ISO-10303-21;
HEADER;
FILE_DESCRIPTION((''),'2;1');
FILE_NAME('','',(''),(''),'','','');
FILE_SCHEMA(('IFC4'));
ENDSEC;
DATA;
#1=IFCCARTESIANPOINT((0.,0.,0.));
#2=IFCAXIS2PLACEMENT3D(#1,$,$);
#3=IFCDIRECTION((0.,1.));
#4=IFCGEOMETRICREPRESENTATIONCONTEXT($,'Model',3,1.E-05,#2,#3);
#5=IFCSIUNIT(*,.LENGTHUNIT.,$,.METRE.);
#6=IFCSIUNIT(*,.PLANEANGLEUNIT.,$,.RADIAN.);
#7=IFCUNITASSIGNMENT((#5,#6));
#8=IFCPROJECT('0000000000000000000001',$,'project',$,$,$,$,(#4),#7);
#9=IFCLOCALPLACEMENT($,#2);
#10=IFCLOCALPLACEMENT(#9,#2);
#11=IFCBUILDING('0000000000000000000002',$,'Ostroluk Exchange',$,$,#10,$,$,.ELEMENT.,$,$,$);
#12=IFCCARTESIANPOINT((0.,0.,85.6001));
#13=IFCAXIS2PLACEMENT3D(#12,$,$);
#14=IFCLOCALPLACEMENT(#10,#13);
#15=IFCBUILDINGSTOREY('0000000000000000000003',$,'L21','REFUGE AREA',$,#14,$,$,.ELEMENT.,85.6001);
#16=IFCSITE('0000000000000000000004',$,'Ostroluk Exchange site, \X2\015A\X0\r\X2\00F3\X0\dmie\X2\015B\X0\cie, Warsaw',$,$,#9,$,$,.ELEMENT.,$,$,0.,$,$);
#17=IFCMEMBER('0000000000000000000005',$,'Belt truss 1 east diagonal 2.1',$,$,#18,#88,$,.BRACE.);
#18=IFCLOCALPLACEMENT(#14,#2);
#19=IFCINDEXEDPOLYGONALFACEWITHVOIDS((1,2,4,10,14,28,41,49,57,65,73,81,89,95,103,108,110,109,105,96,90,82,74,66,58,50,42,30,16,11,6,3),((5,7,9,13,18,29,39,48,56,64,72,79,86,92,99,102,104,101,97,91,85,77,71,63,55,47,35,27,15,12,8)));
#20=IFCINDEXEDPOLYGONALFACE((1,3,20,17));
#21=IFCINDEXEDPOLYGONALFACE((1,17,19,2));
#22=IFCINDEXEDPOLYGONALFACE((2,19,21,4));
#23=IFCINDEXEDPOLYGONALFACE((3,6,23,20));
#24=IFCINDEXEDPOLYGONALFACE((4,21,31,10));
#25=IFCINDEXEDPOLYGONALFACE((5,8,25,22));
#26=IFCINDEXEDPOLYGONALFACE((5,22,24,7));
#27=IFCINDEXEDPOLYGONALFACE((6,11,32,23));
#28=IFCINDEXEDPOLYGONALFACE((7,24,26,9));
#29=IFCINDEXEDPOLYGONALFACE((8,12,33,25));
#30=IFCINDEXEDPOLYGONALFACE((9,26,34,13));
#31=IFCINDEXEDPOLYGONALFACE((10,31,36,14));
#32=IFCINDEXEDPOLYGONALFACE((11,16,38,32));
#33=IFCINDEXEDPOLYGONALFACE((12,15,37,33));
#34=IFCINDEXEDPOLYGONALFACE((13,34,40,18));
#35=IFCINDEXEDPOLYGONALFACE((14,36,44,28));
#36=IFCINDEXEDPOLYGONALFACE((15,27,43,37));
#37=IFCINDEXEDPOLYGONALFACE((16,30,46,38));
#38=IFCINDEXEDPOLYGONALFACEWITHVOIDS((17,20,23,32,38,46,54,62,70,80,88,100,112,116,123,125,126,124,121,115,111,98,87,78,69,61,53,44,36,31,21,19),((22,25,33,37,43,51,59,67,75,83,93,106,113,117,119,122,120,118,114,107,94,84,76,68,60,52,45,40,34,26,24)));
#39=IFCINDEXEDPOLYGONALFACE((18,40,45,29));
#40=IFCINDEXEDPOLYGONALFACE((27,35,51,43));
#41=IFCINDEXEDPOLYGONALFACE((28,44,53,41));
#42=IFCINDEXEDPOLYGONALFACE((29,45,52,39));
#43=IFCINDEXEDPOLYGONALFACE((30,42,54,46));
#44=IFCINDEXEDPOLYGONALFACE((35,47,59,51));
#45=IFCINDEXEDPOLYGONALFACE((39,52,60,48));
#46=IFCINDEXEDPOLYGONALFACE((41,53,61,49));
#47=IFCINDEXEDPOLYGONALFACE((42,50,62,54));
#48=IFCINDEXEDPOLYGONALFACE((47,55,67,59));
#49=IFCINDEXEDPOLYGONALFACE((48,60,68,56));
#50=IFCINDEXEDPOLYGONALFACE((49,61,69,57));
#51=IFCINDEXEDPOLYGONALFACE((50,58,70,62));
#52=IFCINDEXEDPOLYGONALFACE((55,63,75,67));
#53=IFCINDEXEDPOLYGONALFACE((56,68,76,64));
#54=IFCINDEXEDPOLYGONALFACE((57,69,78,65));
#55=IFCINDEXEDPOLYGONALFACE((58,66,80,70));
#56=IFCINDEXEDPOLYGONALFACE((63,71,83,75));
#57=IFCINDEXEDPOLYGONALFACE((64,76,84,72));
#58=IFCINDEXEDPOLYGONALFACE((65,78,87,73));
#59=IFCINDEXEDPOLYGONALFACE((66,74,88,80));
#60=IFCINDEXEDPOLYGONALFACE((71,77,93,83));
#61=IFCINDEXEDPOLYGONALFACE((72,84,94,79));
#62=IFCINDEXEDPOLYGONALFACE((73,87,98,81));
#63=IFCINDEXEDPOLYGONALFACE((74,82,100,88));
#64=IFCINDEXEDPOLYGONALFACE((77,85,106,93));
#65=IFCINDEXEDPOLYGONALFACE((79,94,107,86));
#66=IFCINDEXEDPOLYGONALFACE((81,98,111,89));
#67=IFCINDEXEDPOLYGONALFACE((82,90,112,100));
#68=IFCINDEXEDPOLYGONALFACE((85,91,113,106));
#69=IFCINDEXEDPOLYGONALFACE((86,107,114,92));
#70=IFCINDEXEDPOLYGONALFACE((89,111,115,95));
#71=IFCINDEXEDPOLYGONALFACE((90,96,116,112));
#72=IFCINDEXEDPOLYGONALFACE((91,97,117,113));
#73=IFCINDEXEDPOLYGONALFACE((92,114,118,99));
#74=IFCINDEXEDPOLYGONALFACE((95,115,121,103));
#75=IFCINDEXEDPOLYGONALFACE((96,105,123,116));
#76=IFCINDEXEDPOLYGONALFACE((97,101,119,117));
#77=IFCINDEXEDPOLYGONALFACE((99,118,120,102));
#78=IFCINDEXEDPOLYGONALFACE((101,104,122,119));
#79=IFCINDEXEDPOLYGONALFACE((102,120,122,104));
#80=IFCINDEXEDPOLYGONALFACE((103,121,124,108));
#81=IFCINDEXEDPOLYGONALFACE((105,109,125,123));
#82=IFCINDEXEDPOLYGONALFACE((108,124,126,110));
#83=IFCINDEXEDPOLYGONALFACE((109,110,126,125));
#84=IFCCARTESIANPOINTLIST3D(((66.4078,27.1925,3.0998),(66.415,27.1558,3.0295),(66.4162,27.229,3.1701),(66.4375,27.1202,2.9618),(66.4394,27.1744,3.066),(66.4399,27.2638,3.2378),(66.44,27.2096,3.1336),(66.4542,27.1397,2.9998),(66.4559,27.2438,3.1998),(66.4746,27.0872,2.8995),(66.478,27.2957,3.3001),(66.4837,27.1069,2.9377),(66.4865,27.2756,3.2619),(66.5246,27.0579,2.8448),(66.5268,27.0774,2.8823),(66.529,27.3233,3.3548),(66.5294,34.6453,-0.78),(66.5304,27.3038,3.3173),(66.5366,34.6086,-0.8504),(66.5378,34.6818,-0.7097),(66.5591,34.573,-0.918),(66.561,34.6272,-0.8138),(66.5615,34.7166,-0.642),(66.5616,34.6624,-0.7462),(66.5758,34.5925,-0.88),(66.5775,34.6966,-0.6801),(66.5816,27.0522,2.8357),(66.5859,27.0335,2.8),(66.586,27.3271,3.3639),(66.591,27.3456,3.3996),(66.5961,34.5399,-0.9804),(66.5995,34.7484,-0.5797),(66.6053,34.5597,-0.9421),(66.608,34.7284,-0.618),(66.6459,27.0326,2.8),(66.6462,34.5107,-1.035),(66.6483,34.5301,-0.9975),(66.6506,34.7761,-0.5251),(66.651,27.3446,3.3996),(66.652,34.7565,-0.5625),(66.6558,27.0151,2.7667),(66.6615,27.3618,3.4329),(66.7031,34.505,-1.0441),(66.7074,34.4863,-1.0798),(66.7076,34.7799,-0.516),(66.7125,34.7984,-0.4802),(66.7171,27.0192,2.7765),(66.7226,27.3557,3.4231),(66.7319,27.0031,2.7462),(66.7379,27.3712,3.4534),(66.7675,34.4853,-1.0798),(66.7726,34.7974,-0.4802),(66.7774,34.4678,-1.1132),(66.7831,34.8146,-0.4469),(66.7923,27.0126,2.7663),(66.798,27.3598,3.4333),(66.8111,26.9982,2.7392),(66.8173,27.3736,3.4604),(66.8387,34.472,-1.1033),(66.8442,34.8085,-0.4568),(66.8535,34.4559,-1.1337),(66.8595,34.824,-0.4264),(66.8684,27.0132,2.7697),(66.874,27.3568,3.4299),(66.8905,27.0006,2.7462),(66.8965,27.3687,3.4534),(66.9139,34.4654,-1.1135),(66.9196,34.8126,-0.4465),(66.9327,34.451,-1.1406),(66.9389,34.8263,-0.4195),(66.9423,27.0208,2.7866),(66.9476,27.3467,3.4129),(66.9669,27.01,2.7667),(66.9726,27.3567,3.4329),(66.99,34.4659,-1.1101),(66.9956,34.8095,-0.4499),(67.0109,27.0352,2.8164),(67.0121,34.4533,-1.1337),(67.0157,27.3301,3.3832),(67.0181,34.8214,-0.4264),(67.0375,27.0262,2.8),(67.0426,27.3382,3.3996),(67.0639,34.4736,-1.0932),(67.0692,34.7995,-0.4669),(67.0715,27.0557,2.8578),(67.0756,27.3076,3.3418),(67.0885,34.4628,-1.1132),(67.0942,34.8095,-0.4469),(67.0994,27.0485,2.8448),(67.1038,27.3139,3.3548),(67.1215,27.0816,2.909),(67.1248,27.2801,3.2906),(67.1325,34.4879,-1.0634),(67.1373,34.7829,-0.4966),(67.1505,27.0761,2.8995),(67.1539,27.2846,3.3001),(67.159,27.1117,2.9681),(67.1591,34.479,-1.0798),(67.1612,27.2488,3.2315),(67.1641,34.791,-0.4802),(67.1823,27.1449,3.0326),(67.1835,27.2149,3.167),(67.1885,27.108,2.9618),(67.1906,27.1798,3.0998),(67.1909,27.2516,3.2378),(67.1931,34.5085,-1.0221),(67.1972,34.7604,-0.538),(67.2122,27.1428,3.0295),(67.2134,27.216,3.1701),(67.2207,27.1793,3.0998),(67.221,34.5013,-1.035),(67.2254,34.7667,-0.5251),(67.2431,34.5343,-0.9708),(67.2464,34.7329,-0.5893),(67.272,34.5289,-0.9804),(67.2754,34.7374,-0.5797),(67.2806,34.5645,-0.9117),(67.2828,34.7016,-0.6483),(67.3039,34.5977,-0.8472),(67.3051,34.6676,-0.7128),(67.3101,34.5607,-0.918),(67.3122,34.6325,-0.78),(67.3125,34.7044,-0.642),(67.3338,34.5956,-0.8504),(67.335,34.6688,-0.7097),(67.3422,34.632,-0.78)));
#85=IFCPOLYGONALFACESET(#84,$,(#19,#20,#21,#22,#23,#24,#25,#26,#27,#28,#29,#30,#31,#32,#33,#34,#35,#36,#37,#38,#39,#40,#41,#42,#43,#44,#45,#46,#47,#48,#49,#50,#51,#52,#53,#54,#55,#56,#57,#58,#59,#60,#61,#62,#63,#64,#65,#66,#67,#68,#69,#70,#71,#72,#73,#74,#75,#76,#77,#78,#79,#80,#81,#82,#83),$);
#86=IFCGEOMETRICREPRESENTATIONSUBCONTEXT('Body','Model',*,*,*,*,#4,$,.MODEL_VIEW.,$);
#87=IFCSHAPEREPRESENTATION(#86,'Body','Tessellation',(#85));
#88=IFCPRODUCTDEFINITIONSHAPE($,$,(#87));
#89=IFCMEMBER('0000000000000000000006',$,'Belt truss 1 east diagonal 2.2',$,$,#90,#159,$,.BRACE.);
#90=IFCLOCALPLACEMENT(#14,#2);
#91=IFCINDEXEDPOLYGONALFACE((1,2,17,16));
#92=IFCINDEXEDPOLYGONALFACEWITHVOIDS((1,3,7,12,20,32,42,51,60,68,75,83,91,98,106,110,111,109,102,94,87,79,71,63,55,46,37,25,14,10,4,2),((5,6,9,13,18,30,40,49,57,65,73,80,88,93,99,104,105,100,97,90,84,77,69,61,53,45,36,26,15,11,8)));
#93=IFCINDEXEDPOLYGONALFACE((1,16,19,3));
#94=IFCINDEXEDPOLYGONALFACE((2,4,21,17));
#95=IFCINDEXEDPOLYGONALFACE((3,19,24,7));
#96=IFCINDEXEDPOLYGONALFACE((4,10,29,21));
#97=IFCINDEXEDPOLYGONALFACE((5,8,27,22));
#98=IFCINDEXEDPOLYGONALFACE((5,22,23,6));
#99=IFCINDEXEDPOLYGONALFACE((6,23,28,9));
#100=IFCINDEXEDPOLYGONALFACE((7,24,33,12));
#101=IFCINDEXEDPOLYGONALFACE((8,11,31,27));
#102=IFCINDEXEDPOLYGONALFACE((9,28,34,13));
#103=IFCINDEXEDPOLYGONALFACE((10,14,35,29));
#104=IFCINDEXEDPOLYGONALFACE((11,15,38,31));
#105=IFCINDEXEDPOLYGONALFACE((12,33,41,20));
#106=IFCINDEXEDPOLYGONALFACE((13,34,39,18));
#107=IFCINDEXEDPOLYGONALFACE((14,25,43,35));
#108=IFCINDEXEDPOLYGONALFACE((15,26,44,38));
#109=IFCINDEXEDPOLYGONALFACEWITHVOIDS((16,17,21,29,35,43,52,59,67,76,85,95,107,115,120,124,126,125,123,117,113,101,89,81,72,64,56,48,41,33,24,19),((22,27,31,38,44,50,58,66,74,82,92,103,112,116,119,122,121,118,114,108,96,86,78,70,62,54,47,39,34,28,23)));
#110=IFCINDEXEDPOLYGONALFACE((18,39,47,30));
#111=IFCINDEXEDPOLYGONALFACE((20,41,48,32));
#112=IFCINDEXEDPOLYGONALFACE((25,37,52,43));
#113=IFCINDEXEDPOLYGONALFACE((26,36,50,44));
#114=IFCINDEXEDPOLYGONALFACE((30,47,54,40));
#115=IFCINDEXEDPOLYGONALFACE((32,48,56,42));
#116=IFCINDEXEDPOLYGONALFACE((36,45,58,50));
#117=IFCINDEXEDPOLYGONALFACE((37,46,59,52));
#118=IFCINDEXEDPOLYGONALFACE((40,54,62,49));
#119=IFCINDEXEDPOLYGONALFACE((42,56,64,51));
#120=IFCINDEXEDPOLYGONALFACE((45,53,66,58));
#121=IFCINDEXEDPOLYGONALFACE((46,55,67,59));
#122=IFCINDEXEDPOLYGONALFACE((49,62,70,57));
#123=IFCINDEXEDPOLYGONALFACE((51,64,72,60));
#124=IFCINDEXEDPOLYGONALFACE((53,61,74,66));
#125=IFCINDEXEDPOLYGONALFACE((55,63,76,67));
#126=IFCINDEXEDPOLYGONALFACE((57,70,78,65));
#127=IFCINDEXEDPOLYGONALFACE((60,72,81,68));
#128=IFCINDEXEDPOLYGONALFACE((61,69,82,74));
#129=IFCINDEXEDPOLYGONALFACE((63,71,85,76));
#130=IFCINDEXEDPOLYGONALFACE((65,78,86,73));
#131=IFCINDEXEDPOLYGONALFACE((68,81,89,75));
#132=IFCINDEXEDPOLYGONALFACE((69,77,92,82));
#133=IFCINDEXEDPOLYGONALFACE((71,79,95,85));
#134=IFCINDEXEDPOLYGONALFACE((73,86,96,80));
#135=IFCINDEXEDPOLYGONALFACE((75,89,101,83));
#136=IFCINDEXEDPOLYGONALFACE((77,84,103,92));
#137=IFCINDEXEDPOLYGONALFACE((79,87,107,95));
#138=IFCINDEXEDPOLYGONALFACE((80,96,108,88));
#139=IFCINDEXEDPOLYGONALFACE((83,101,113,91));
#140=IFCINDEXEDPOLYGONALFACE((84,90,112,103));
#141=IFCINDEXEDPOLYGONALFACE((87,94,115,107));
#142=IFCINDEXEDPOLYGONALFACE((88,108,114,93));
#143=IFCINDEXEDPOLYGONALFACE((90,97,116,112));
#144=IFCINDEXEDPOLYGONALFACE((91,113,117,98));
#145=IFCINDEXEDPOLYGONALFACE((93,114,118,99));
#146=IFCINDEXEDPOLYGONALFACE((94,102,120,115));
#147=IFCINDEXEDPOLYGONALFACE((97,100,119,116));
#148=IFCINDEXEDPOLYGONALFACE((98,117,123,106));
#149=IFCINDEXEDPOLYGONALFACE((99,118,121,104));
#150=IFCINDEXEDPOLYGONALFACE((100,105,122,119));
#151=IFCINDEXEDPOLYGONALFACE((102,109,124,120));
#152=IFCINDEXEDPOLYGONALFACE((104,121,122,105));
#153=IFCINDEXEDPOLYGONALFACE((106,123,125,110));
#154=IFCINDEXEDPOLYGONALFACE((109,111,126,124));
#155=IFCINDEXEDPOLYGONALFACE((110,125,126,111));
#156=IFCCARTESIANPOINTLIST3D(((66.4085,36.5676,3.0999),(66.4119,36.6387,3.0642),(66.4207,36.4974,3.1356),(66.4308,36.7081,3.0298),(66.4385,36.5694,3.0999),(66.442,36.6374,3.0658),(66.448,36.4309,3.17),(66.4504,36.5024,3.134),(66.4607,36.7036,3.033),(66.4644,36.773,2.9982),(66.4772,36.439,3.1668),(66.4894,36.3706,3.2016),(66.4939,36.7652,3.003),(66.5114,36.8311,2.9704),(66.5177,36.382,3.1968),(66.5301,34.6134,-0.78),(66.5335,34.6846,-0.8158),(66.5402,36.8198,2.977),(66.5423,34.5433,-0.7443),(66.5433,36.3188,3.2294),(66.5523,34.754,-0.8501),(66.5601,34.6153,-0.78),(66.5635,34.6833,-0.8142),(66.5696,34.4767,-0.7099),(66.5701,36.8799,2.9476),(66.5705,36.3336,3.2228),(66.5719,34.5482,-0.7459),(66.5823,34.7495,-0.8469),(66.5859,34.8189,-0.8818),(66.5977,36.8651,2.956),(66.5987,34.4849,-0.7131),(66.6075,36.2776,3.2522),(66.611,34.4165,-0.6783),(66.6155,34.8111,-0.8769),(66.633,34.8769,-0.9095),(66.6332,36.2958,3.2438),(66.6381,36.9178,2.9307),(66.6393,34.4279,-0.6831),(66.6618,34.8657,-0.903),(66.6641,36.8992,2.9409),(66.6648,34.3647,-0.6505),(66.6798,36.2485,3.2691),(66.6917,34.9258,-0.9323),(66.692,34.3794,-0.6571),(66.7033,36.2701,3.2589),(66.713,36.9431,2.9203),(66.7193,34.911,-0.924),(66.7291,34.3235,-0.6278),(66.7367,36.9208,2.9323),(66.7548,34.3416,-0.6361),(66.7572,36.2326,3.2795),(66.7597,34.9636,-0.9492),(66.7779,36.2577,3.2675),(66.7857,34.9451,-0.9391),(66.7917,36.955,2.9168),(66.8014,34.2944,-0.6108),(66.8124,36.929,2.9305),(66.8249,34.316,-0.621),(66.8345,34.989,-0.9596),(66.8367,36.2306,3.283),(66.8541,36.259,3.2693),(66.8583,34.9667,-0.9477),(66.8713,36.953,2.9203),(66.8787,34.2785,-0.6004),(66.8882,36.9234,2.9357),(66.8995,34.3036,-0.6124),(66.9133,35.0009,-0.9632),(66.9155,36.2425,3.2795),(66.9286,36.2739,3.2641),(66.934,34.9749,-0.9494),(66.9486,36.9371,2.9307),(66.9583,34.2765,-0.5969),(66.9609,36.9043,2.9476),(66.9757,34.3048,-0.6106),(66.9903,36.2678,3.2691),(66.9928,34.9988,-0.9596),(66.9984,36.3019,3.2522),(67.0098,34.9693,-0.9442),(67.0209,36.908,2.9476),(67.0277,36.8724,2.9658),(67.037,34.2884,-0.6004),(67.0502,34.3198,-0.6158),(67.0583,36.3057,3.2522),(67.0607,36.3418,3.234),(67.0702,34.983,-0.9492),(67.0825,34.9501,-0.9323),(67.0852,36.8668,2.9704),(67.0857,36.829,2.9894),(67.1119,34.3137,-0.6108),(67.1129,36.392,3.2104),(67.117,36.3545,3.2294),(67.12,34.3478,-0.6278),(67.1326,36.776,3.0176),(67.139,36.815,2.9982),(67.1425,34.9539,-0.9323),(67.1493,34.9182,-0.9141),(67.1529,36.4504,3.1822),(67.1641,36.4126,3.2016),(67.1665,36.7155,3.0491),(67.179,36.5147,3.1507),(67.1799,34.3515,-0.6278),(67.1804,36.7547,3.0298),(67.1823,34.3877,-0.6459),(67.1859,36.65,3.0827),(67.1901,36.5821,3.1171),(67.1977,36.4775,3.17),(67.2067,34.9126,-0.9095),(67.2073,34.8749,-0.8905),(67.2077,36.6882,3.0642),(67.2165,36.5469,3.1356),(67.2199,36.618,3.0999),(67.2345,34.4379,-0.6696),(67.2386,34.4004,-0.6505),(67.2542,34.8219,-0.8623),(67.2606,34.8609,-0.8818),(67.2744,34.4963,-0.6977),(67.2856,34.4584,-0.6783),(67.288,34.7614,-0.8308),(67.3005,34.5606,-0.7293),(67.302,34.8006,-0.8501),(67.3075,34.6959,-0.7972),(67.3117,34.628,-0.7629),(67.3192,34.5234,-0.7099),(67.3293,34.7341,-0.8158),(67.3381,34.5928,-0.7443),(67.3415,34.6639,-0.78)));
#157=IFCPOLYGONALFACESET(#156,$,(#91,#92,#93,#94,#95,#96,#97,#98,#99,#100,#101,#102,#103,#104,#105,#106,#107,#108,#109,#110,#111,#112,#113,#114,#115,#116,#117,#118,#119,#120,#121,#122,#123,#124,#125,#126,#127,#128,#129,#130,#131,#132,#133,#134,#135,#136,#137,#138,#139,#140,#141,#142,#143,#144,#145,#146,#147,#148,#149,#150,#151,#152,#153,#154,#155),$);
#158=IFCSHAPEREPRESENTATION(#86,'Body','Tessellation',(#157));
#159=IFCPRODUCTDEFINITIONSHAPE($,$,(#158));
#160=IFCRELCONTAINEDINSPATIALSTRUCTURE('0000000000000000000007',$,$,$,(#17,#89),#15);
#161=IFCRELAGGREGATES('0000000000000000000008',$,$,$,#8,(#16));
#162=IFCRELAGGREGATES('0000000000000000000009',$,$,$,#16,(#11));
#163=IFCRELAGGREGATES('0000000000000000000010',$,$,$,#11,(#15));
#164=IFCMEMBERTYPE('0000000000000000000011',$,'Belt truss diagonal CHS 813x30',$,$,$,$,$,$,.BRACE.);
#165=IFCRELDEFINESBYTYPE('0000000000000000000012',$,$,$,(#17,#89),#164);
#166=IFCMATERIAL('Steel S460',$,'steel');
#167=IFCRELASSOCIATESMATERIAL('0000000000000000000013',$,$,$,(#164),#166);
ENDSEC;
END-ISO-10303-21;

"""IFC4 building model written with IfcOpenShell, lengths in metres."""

from ifc_helpers import new_model, si_unit, direction, frame, origin, origin_2d, place, context, subcontext, project, spatial, hollow_circle, extrude, material, material_profile, profile_set, type_object, element, save


model = new_model("IFC4")

# Units and contexts
model_context = context("Model", 3, precision=1e-05, world=origin(), true_north=direction((0.0, 1.0)))
body_context = subcontext(model_context, "Body", "Model", "MODEL_VIEW")
ifc_project = project(units=[si_unit("LENGTHUNIT", "METRE"), si_unit("PLANEANGLEUNIT", "RADIAN")], contexts=[model_context])

# Site, building, storey
site_placement = place(None, origin())
site = spatial("IfcSite", under=ifc_project, at=site_placement, Name="Ostroluk Exchange site, Śródmieście, Warsaw", CompositionType="ELEMENT", RefElevation=0.0)
building_placement = place(site_placement, origin())
building = spatial("IfcBuilding", under=site, at=building_placement, Name="Ostroluk Exchange", CompositionType="ELEMENT")
storey_placement = place(building_placement, frame((0.0, 0.0, 85.6001)))
storey = spatial("IfcBuildingStorey", under=building, at=storey_placement, Name="L21", Description="REFUGE AREA", CompositionType="ELEMENT", Elevation=85.6001)

# Members
ifc_material_1 = material(Name="Steel S460", Category="steel")
ifc_material_profile_1 = material_profile(ifc_material_1, hollow_circle(Radius=0.4065, WallThickness=0.03, at=origin_2d()), Name="CHS 813x30")
ifc_profile_set_1 = profile_set([ifc_material_profile_1], Name="Steel S460")
member_type_1 = type_object("IfcMemberType", Name="Belt truss diagonal CHS 813x30", PredefinedType="BRACE", material=ifc_profile_set_1)
member_1_placement = place(storey_placement, frame((66.9358, 34.6387, -0.78), z_axis=(-0.014469, -0.88691, 0.461715), x_axis=(0.999867, -0.016311, 0.0)))
element("IfcMember", 1, at=member_1_placement, inside=storey, type_object=member_type_1, Name="Belt truss 1 east diagonal 2.1", PredefinedType="BRACE", context=body_context, shape_type="SweptSolid", body=[
    extrude(hollow_circle(Radius=0.4065, WallThickness=0.03, at=origin_2d()), origin(), (0.0, 0.0, 1.0), 8.4031),
])
member_2_placement = place(storey_placement, frame((66.9358, 34.6387, -0.78), z_axis=(-0.027976, 0.449643, 0.89277), x_axis=(-0.99807, -0.062099, 0.0)))
element("IfcMember", 2, at=member_2_placement, inside=storey, type_object=member_type_1, Name="Belt truss 1 east diagonal 2.2", PredefinedType="BRACE", context=body_context, shape_type="SweptSolid", body=[
    extrude(hollow_circle(Radius=0.4065, WallThickness=0.03, at=origin_2d()), origin(), (0.0, 0.0, 1.0), 4.3459),
])

save(model, "model.ifc")
